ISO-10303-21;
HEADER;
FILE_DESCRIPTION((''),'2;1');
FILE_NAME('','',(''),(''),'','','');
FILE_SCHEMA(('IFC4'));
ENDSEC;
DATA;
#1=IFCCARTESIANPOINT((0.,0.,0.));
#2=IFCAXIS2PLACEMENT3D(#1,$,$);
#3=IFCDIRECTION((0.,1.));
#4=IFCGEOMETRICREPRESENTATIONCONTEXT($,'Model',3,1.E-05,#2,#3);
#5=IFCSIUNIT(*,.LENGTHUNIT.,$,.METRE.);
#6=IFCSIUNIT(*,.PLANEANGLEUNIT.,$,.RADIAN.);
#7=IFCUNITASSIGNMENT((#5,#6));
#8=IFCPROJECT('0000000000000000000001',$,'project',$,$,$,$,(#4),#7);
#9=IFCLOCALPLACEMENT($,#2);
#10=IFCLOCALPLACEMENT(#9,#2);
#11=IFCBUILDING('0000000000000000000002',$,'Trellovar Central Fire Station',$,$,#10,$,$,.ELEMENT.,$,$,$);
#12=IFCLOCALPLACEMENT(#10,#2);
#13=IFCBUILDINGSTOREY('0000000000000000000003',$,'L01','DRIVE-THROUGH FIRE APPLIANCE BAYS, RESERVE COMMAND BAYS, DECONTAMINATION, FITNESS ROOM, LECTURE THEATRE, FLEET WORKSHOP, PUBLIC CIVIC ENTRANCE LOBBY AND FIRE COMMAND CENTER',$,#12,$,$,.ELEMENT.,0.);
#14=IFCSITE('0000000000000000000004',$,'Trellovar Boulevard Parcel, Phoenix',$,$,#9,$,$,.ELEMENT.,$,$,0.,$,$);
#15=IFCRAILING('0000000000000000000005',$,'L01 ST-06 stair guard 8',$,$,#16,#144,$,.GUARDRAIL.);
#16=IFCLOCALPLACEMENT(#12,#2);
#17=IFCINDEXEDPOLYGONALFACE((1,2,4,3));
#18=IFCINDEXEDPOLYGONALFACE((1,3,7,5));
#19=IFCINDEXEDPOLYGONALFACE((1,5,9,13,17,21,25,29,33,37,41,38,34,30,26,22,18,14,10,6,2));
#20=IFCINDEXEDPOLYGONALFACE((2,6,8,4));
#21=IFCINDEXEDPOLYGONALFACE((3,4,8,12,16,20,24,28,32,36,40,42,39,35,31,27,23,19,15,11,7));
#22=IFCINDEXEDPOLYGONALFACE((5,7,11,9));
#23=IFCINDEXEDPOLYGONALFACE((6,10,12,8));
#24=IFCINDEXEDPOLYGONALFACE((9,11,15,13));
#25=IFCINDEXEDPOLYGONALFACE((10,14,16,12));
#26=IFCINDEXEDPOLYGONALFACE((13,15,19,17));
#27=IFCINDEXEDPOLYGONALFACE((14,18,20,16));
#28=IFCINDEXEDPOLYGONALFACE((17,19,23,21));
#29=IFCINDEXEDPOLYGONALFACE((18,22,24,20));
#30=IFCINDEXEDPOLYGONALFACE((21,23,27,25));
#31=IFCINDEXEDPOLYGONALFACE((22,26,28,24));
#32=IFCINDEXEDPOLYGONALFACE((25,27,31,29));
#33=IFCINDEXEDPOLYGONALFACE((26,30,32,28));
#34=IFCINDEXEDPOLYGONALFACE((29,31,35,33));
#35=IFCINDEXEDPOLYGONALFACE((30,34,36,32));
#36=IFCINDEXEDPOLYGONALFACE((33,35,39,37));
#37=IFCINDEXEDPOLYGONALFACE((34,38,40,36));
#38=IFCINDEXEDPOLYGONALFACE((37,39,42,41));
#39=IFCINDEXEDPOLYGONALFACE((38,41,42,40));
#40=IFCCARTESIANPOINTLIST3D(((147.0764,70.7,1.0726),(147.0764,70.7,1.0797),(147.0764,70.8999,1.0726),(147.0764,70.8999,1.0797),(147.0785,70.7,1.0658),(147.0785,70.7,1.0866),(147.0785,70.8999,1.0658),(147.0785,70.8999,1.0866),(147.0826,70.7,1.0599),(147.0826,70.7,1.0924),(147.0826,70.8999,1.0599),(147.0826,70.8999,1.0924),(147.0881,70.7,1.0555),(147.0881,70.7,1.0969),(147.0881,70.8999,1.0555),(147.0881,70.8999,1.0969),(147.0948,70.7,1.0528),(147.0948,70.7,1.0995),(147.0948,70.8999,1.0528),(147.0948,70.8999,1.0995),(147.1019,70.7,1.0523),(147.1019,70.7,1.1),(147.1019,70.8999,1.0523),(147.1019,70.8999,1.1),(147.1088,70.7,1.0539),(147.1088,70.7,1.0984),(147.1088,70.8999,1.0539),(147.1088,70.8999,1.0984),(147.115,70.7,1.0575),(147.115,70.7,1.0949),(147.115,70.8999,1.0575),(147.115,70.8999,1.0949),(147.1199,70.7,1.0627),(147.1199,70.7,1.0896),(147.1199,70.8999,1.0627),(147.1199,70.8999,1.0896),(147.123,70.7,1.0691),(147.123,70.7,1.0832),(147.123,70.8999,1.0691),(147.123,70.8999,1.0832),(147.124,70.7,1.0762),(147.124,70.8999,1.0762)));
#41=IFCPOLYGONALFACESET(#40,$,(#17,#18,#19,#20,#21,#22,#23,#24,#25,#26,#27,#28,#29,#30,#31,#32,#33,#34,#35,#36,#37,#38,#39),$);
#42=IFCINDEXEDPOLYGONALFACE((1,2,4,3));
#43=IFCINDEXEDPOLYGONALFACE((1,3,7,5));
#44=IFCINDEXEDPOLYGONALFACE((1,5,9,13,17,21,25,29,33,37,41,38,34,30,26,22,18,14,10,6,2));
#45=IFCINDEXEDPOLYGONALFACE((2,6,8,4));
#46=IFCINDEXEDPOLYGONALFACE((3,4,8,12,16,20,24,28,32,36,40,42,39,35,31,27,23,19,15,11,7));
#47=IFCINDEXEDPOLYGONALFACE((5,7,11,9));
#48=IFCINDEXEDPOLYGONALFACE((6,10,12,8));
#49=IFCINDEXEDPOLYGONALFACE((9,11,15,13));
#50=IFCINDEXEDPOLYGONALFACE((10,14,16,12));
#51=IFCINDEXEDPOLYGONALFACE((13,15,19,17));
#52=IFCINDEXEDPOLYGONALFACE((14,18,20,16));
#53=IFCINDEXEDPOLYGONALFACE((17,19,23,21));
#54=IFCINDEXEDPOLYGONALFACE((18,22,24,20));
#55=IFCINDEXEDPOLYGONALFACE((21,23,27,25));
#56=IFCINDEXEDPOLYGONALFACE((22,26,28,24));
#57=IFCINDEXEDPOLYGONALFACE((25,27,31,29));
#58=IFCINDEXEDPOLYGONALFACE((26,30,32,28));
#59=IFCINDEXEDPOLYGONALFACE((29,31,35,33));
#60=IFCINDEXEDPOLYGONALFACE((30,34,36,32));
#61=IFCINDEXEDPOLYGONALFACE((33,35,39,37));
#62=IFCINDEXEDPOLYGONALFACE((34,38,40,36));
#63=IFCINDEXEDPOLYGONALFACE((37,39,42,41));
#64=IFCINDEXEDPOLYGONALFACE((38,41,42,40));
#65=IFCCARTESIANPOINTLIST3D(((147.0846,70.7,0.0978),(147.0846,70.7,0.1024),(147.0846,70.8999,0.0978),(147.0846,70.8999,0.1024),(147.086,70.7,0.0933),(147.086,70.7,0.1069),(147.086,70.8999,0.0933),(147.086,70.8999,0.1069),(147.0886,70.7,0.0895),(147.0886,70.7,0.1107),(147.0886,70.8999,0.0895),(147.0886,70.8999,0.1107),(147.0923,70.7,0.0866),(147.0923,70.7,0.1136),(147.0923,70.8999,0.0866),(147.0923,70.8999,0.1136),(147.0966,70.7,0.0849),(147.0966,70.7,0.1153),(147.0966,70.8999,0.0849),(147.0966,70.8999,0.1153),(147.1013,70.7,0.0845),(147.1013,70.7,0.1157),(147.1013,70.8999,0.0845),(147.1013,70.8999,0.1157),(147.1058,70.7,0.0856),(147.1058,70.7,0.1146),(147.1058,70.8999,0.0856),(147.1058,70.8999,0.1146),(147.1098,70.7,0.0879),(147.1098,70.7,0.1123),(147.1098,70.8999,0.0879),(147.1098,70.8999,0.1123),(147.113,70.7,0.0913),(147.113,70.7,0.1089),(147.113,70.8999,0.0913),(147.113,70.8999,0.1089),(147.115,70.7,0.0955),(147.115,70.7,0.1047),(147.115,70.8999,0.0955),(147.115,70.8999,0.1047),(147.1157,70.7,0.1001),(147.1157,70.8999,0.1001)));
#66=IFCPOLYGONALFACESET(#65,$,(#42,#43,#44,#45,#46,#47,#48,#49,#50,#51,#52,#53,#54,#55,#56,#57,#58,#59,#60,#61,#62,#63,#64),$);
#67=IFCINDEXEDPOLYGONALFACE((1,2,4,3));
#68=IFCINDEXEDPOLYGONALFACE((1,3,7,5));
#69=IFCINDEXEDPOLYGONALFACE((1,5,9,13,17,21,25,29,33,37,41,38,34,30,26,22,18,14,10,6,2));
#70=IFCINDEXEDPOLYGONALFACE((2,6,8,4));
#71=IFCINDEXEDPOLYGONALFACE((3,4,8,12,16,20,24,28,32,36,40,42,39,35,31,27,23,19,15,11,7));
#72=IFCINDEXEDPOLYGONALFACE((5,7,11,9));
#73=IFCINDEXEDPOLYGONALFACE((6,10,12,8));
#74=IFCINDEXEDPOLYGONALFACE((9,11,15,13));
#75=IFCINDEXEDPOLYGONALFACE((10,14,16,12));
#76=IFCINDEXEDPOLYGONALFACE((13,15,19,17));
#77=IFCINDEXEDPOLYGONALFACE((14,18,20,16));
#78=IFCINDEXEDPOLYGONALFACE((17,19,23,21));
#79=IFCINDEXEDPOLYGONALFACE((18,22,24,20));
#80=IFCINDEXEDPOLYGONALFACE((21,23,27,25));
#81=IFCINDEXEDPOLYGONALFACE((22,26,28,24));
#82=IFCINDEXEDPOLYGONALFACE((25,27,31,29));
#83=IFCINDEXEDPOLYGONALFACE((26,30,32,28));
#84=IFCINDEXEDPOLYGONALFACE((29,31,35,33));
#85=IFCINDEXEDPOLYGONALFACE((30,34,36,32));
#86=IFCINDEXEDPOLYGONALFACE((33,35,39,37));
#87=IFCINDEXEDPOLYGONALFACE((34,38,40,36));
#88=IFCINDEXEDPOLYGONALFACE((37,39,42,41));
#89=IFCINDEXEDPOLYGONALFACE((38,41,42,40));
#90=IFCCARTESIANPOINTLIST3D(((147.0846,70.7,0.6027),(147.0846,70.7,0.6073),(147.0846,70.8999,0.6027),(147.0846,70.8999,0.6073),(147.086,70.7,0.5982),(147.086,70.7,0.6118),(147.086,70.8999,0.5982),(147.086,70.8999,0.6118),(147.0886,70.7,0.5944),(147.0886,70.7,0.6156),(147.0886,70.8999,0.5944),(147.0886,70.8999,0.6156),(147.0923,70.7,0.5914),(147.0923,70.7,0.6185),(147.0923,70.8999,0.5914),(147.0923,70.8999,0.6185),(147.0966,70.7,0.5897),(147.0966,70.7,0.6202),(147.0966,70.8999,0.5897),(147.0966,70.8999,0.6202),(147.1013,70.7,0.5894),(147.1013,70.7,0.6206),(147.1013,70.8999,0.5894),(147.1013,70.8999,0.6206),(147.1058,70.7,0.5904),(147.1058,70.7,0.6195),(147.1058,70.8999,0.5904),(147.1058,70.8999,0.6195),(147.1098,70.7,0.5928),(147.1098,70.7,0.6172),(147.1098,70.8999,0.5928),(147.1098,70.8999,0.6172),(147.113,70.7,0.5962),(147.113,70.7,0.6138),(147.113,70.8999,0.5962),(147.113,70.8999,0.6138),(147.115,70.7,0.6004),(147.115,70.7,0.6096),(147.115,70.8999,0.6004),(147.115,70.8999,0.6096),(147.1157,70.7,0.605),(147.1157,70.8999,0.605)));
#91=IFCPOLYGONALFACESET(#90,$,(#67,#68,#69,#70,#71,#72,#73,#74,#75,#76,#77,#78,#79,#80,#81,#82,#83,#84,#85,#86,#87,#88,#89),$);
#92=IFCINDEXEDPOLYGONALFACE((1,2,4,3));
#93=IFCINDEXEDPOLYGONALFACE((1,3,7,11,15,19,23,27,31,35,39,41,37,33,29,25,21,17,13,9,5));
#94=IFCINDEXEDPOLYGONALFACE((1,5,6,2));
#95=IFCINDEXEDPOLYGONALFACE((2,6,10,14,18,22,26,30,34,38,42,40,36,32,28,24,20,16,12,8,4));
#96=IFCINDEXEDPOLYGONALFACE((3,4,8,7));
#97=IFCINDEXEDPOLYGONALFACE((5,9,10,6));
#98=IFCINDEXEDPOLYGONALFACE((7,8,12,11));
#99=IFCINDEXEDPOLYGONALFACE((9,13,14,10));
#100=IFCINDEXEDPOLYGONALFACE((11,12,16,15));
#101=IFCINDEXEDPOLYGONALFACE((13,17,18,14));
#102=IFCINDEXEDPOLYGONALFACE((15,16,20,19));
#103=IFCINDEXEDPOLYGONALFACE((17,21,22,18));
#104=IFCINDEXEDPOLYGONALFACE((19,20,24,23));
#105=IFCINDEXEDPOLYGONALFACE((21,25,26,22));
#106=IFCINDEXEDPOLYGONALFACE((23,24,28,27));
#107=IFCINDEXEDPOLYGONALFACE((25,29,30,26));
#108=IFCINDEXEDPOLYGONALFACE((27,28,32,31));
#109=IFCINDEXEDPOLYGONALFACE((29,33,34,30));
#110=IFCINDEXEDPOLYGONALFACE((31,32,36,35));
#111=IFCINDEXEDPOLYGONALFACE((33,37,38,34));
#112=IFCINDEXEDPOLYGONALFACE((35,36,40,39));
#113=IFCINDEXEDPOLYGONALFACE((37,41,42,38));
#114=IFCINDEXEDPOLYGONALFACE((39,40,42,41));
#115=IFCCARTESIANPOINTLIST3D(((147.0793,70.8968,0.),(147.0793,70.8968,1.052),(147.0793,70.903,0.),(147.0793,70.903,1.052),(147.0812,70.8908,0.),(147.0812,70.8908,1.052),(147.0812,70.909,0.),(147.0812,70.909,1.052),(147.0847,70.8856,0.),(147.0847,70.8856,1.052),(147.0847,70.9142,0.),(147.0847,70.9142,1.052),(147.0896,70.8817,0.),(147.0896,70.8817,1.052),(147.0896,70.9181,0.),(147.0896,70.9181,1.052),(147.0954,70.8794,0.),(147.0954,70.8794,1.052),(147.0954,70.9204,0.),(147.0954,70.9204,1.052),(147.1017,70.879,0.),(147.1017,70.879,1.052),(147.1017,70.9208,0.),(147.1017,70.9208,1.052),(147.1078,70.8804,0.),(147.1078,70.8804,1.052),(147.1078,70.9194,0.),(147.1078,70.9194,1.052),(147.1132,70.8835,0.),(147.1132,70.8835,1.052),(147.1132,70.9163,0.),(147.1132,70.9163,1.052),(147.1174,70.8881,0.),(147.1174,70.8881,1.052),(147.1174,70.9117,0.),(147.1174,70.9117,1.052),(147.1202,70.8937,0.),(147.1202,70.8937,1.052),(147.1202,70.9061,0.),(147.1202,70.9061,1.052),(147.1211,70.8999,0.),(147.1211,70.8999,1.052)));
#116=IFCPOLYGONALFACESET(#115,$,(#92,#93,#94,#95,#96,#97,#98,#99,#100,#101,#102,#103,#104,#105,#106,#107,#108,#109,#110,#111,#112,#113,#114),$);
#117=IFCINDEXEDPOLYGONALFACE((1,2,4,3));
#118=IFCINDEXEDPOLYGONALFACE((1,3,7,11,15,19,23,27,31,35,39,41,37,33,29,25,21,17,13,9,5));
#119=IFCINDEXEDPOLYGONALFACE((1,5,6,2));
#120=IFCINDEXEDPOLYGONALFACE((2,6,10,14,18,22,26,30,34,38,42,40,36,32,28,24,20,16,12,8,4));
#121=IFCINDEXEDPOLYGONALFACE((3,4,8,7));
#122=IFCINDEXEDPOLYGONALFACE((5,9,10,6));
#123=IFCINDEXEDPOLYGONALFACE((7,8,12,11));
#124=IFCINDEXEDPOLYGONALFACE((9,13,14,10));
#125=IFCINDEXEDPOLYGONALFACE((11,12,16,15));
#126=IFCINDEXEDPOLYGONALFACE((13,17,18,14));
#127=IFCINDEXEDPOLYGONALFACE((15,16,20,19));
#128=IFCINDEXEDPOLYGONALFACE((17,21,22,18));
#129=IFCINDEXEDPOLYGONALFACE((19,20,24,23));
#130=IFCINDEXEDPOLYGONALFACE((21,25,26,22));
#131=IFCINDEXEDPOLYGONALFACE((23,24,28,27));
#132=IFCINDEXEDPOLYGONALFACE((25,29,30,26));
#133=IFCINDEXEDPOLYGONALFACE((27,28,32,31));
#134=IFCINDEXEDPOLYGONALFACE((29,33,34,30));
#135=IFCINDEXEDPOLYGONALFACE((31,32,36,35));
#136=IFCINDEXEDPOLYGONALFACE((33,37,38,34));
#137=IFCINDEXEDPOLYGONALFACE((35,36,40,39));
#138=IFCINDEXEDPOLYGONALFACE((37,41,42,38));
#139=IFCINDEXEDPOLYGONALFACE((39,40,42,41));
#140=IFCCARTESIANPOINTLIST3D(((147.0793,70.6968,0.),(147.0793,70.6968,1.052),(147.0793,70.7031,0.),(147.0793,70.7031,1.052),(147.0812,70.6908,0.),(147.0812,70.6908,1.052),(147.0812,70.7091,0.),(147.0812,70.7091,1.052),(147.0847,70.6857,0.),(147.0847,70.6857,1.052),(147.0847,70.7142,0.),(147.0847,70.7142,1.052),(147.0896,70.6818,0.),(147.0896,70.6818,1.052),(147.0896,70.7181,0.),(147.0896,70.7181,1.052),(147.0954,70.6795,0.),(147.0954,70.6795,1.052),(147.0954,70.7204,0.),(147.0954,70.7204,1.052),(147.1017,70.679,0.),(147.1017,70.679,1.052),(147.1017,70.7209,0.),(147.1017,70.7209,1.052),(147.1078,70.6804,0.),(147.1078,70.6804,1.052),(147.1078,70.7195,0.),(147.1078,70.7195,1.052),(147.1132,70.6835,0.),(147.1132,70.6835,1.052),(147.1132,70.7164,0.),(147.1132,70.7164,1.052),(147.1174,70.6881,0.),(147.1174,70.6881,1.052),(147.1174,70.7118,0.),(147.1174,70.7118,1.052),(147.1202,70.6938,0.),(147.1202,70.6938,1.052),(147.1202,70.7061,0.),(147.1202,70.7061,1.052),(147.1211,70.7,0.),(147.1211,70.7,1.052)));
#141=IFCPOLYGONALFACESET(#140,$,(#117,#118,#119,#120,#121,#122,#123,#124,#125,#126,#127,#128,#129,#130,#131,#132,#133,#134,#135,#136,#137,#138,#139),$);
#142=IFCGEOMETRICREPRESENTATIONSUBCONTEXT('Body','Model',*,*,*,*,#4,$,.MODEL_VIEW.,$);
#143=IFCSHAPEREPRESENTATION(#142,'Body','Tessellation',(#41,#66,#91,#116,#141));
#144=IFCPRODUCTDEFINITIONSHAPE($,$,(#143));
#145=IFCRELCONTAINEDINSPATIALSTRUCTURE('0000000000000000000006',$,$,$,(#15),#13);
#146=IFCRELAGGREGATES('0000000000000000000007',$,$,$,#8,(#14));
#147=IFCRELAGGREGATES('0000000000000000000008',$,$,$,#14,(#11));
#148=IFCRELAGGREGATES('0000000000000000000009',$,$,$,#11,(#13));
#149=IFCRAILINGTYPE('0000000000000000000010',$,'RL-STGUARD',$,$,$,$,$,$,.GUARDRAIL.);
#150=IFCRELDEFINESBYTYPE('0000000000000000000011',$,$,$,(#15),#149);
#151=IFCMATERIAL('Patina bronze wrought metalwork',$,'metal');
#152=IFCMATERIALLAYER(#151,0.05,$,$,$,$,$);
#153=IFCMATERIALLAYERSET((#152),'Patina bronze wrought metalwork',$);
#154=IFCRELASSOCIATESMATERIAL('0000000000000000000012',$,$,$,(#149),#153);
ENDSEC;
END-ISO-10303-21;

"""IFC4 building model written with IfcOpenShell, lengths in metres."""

from ifc_helpers import new_model, si_unit, direction, frame, origin, origin_2d, place, context, subcontext, project, spatial, circle, extrude, material, layer, layer_set, type_object, element, save


model = new_model("IFC4")

# Units and contexts
model_context = context("Model", 3, precision=1e-05, world=origin(), true_north=direction((0.0, 1.0)))
body_context = subcontext(model_context, "Body", "Model", "MODEL_VIEW")
ifc_project = project(units=[si_unit("LENGTHUNIT", "METRE"), si_unit("PLANEANGLEUNIT", "RADIAN")], contexts=[model_context])

# Site, building, storey
site_placement = place(None, origin())
site = spatial("IfcSite", under=ifc_project, at=site_placement, Name="Trellovar Boulevard Parcel, Phoenix", CompositionType="ELEMENT", RefElevation=0.0)
building_placement = place(site_placement, origin())
building = spatial("IfcBuilding", under=site, at=building_placement, Name="Trellovar Central Fire Station", CompositionType="ELEMENT")
storey_placement = place(building_placement, origin())
storey = spatial("IfcBuildingStorey", under=building, at=storey_placement, Name="L01", Description="DRIVE-THROUGH FIRE APPLIANCE BAYS, RESERVE COMMAND BAYS, DECONTAMINATION, FITNESS ROOM, LECTURE THEATRE, FLEET WORKSHOP, PUBLIC CIVIC ENTRANCE LOBBY AND FIRE COMMAND CENTER", CompositionType="ELEMENT", Elevation=0.0)

# Railing
ifc_material_1 = material(Name="Patina bronze wrought metalwork", Category="metal")
ifc_layer_1 = layer(ifc_material_1, 0.05)
ifc_layer_set_1 = layer_set([ifc_layer_1], Name="Patina bronze wrought metalwork")
railing_type_1 = type_object("IfcRailingType", Name="RL-STGUARD", PredefinedType="GUARDRAIL", material=ifc_layer_set_1)
railing_1_placement = place(storey_placement, frame((147.1001, 70.8999, 0.0)))
element("IfcRailing", 1, at=railing_1_placement, inside=storey, type_object=railing_type_1, Name="L01 ST-06 stair guard 8", PredefinedType="GUARDRAIL", context=body_context, shape_type="SweptSolid", body=[
    extrude(circle(Radius=0.0239, at=origin_2d()), frame((0.0, 0.0, 1.0762), z_axis=(0.0, -1.0, 0.0), x_axis=(1.0, 0.0, 0.0)), (0.0, 0.0, 1.0), 0.2),
    extrude(circle(Radius=0.0156, at=origin_2d()), frame((0.0, 0.0, 0.1001), z_axis=(0.0, -1.0, 0.0), x_axis=(1.0, 0.0, 0.0)), (0.0, 0.0, 1.0), 0.2),
    extrude(circle(Radius=0.0156, at=origin_2d()), frame((0.0, 0.0, 0.605), z_axis=(0.0, -1.0, 0.0), x_axis=(1.0, 0.0, 0.0)), (0.0, 0.0, 1.0), 0.2),
    extrude(circle(Radius=0.021, at=origin_2d()), origin(), (0.0, 0.0, 1.0), 1.052),
    extrude(circle(Radius=0.021, at=origin_2d()), frame((0.0, -0.2, 0.0)), (0.0, 0.0, 1.0), 1.052),
])

save(model, "model.ifc")
